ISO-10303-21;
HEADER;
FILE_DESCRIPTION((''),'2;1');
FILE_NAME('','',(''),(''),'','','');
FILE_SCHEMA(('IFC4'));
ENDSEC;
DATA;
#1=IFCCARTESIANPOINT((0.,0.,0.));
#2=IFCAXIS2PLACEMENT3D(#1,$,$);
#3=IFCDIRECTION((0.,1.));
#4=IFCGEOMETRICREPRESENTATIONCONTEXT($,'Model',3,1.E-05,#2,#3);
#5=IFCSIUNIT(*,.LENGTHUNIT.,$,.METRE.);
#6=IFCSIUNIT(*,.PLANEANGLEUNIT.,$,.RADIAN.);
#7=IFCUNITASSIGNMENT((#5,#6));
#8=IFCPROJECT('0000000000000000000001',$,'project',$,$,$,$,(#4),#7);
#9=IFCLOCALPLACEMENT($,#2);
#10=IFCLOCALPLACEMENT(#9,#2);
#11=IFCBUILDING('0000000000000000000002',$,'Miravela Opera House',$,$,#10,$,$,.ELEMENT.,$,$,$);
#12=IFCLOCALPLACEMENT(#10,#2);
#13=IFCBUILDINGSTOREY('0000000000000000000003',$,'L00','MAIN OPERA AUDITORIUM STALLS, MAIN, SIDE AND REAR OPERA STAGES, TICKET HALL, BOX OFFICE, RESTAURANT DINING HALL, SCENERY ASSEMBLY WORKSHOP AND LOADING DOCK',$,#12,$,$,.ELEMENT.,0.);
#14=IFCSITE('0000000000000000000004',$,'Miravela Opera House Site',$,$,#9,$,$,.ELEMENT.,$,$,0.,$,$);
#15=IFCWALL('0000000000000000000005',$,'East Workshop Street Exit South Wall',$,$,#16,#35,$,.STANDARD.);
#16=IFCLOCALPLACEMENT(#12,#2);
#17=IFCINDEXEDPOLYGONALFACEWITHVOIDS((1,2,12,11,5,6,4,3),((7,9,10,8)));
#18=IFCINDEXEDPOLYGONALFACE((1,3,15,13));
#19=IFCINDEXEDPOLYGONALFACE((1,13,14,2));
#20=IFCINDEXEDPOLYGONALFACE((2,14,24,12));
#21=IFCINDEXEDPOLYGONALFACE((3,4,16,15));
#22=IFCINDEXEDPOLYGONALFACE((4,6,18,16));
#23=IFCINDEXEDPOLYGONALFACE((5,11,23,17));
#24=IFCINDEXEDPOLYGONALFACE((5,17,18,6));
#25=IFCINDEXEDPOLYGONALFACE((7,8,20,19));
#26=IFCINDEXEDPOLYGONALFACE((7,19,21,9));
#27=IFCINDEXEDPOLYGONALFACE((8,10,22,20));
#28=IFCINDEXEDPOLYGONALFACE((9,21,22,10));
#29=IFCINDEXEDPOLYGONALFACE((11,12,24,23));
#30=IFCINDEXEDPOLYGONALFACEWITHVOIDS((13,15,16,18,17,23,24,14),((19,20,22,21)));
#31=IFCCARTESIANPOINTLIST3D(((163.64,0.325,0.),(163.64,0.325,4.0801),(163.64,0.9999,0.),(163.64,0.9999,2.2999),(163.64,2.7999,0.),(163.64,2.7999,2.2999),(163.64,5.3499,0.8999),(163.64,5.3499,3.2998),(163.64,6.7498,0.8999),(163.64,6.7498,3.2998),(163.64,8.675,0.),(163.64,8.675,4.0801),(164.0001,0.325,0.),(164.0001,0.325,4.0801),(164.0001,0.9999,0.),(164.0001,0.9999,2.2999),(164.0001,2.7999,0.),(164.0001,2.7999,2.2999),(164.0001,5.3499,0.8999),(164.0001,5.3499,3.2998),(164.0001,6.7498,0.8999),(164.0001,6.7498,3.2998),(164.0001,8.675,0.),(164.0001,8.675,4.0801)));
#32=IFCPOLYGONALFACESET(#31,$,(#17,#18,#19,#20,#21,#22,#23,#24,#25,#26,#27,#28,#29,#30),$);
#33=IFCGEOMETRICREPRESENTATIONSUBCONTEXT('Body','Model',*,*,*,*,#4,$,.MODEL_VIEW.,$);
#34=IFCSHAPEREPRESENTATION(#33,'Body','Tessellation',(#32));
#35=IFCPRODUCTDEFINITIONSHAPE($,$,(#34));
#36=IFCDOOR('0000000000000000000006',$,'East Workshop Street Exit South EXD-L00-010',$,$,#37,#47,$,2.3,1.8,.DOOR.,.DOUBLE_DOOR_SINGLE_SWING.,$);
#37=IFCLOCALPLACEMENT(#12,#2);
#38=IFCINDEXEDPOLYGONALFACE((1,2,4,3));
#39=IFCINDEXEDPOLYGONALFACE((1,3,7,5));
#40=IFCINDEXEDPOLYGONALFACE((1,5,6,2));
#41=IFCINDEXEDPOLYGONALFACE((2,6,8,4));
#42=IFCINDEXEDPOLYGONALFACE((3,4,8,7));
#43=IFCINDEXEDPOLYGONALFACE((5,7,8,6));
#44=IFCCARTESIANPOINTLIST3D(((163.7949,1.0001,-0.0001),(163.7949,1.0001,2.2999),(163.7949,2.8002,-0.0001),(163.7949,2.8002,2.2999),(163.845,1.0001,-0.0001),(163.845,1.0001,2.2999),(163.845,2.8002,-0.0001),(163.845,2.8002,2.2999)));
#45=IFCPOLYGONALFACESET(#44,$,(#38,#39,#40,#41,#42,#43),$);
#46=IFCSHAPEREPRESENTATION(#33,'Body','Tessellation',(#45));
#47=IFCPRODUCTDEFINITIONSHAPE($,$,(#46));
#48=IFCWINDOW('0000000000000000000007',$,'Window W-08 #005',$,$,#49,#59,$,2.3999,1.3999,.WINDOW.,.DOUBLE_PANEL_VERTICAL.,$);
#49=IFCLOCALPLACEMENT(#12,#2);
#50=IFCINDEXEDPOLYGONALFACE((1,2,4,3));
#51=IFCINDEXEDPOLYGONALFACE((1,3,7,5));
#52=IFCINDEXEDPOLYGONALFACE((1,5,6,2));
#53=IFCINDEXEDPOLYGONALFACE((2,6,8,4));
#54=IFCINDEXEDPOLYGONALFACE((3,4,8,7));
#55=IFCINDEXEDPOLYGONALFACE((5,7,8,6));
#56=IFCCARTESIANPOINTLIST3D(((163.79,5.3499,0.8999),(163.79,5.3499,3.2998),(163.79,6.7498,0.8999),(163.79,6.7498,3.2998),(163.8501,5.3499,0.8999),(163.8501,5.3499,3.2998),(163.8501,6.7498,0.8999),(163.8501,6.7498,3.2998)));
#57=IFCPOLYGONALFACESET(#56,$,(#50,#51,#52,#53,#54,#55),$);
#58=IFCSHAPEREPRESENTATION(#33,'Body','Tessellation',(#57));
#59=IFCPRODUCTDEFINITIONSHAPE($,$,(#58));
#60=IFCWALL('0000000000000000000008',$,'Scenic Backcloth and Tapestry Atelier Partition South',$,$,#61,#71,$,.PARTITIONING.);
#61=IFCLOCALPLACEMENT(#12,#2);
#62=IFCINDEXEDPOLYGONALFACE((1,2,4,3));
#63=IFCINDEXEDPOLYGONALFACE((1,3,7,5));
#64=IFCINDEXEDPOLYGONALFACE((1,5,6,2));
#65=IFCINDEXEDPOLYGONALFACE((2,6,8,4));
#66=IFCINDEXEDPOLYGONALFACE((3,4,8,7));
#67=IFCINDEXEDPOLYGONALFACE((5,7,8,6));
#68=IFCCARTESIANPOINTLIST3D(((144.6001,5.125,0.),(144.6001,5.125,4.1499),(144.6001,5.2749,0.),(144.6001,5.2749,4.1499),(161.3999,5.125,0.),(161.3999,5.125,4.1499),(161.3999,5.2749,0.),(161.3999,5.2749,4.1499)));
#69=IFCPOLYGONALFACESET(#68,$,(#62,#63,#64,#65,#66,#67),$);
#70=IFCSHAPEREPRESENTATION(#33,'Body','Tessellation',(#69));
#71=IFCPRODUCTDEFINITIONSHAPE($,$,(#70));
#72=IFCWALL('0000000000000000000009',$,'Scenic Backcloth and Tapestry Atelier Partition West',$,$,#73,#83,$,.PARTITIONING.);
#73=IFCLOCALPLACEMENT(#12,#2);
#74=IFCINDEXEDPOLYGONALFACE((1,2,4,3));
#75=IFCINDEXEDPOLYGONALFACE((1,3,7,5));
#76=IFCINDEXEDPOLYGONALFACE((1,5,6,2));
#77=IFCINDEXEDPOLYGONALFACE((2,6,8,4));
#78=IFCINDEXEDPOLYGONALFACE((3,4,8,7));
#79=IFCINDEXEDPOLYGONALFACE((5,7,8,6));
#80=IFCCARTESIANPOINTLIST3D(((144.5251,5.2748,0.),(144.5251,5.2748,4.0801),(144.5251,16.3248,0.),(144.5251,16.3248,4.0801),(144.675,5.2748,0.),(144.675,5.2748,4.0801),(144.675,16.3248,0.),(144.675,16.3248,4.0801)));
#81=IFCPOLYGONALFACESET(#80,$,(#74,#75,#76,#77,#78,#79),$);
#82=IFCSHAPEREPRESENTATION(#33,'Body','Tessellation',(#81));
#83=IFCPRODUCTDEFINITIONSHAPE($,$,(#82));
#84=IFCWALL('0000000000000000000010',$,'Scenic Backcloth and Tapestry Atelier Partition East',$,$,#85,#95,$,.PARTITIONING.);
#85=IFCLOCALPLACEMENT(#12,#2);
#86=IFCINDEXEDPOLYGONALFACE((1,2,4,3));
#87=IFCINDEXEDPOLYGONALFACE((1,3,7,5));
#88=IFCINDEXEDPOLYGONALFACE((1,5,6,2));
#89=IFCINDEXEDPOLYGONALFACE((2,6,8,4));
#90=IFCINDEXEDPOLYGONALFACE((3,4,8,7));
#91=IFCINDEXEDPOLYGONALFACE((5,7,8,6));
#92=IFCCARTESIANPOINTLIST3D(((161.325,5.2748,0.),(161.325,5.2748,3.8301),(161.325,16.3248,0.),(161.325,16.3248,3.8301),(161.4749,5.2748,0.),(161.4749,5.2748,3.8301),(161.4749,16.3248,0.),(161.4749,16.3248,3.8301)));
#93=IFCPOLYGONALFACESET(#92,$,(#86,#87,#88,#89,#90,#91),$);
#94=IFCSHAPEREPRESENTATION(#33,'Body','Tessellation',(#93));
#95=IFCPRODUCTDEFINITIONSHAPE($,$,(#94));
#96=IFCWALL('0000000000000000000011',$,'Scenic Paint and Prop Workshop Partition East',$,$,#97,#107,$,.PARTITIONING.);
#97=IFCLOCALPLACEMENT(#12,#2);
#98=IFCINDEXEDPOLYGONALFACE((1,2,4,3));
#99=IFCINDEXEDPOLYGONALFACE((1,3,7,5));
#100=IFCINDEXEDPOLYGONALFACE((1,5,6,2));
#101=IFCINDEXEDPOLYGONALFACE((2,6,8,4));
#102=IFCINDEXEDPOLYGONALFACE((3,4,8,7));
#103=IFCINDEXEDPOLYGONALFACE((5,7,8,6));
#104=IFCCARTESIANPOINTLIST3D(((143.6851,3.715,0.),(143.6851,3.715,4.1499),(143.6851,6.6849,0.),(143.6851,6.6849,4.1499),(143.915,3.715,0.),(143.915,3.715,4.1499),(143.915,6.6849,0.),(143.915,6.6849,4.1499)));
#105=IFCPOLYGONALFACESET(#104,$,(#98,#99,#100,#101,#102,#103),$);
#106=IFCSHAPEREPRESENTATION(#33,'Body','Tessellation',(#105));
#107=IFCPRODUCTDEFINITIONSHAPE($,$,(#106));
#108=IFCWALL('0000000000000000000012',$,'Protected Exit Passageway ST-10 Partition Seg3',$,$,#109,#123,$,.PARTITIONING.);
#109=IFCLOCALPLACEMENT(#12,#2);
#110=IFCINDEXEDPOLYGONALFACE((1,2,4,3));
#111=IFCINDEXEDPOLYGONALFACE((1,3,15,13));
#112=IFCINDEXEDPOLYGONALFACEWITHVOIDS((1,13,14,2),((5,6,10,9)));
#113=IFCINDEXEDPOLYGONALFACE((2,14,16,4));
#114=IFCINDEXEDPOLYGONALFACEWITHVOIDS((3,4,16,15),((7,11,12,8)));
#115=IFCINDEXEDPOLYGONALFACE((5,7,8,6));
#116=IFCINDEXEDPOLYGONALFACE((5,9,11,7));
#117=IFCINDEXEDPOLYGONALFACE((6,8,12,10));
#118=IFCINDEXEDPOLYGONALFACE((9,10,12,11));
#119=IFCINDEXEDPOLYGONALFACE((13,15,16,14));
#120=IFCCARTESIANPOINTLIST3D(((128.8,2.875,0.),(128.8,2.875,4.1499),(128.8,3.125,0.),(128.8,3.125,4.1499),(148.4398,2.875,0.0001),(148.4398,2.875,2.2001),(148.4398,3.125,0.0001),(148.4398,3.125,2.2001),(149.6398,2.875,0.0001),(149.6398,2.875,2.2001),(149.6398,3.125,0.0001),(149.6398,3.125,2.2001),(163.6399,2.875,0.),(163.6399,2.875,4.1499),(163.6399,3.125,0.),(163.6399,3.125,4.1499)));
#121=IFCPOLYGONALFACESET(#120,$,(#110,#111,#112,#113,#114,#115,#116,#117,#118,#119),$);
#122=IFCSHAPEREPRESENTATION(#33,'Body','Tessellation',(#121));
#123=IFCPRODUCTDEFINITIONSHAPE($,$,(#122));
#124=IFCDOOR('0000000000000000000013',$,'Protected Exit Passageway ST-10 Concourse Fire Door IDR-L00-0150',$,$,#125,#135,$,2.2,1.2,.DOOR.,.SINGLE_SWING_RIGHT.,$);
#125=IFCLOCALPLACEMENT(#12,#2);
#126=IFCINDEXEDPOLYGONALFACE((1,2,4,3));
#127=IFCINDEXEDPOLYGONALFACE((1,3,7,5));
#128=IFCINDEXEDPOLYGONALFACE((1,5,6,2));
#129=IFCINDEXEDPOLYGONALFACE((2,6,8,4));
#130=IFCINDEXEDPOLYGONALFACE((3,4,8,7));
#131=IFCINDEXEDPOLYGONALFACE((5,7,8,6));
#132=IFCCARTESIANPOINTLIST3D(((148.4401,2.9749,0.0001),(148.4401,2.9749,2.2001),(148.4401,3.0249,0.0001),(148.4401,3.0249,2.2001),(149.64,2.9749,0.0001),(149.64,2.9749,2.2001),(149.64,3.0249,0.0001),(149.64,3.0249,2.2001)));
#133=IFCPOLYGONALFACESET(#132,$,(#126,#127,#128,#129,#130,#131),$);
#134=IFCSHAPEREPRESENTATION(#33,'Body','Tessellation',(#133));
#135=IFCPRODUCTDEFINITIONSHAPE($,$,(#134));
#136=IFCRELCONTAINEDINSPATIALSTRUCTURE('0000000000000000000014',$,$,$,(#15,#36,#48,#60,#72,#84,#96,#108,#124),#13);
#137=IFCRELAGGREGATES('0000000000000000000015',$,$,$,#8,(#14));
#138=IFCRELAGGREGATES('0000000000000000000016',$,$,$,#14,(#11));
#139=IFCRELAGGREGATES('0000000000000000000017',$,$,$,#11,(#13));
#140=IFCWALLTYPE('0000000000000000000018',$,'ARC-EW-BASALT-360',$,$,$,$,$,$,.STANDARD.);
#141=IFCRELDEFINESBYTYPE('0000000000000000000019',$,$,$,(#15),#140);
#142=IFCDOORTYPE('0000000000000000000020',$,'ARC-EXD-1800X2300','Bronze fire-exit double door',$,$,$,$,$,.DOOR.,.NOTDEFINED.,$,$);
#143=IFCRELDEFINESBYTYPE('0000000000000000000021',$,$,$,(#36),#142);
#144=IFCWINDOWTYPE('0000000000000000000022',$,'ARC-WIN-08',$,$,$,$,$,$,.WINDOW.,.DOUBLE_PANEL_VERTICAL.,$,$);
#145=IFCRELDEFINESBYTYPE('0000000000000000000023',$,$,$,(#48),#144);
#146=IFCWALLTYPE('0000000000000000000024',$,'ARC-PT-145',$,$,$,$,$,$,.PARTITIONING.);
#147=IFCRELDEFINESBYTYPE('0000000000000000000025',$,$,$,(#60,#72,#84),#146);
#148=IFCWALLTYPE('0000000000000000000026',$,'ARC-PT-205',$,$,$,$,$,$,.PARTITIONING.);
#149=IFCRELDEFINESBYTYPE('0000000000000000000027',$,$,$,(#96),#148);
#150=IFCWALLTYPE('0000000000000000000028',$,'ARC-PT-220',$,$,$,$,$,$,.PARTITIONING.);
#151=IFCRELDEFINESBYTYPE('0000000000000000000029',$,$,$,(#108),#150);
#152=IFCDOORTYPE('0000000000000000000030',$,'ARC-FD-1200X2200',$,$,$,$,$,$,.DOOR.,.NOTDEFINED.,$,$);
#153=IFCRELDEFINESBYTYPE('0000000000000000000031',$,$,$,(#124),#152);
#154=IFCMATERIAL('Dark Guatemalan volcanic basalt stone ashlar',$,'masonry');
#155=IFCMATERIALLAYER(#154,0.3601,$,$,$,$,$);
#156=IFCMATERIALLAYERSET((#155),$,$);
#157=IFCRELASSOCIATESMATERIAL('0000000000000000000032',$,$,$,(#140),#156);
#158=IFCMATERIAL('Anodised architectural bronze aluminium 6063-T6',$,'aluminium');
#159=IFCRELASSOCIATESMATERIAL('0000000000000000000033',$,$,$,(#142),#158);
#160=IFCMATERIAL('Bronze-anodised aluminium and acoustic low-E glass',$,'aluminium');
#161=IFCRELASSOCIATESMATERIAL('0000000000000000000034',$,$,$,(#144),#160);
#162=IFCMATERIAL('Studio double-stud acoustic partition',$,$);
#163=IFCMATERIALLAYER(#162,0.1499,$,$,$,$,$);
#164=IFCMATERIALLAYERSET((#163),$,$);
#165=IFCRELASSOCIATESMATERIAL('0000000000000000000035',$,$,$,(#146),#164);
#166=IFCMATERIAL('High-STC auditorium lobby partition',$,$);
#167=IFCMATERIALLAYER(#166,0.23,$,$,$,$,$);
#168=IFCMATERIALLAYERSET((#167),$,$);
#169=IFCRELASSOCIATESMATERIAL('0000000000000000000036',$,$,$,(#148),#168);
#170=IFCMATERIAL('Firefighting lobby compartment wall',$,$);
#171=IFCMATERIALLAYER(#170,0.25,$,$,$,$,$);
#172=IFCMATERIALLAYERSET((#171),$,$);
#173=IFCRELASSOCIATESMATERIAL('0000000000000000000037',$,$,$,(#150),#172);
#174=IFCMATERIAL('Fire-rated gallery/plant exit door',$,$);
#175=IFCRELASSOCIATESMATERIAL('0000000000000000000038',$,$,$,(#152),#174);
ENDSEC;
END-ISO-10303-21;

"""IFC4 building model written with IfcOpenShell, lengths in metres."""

from ifc_helpers import new_model, si_unit, direction, frame, frame_2d, origin, place, context, subcontext, project, spatial, rectangle, extrude, material, layer, layer_set, type_object, element, fill, save


model = new_model("IFC4")

# Units and contexts
model_context = context("Model", 3, precision=1e-05, world=origin(), true_north=direction((0.0, 1.0)))
body_context = subcontext(model_context, "Body", "Model", "MODEL_VIEW")
ifc_project = project(units=[si_unit("LENGTHUNIT", "METRE"), si_unit("PLANEANGLEUNIT", "RADIAN")], contexts=[model_context])

# Site, building, storey
site_placement = place(None, origin())
site = spatial("IfcSite", under=ifc_project, at=site_placement, Name="Miravela Opera House Site", CompositionType="ELEMENT", RefElevation=0.0)
building_placement = place(site_placement, origin())
building = spatial("IfcBuilding", under=site, at=building_placement, Name="Miravela Opera House", CompositionType="ELEMENT")
storey_placement = place(building_placement, origin())
storey = spatial("IfcBuildingStorey", under=building, at=storey_placement, Name="L00", Description="MAIN OPERA AUDITORIUM STALLS, MAIN, SIDE AND REAR OPERA STAGES, TICKET HALL, BOX OFFICE, RESTAURANT DINING HALL, SCENERY ASSEMBLY WORKSHOP AND LOADING DOCK", CompositionType="ELEMENT", Elevation=0.0)

# Shared definitions
ifc_material_1 = material(Name="Anodised architectural bronze aluminium 6063-T6", Category="aluminium")

# Wall, openings, door, window
ifc_material_2 = material(Name="Dark Guatemalan volcanic basalt stone ashlar", Category="masonry")
ifc_layer_1 = layer(ifc_material_2, 0.3601)
ifc_layer_set_1 = layer_set([ifc_layer_1])
wall_type_1 = type_object("IfcWallType", Name="ARC-EW-BASALT-360", PredefinedType="STANDARD", material=ifc_layer_set_1)
wall_1_placement = place(storey_placement, frame((163.8201, 0.325, 0.0), z_axis=(0.0, 0.0, 1.0), x_axis=(0.0, 1.0, 0.0)))
wall_1 = element("IfcWall", 1, at=wall_1_placement, inside=storey, type_object=wall_type_1, Name="East Workshop Street Exit South Wall", PredefinedType="STANDARD", context=body_context, shape_type="SweptSolid", body=[
    extrude(rectangle(XDim=8.3501, YDim=0.3601, at=frame_2d((4.175, 0.0))), origin(), (0.0, 0.0, 1.0), 4.0801),
])
opening_1_placement = place(wall_1_placement, frame((0.675, 0.0, 0.0)))
opening_1 = element("IfcOpeningElement", 2, at=opening_1_placement, cuts=wall_1, PredefinedType="OPENING", context=body_context, shape_type="SweptSolid", body=[
    extrude(rectangle(XDim=1.8, YDim=2.3, at=frame_2d((0.8999, 1.1499))), frame((0.0, 0.1899, 0.0), z_axis=(0.0, -1.0, 0.0), x_axis=(1.0, 0.0, 0.0)), (0.0, 0.0, 1.0), 0.3801),
])
opening_2_placement = place(wall_1_placement, frame((5.0249, 0.0, 0.8999)))
opening_2 = element("IfcOpeningElement", 3, at=opening_2_placement, cuts=wall_1, PredefinedType="OPENING", context=body_context, shape_type="SweptSolid", body=[
    extrude(rectangle(XDim=1.3999, YDim=2.3999, at=frame_2d((0.7, 1.2))), frame((0.0, 0.1899, 0.0), z_axis=(0.0, -1.0, 0.0), x_axis=(1.0, 0.0, 0.0)), (0.0, 0.0, 1.0), 0.3801),
])
door_type_1 = type_object("IfcDoorType", Name="ARC-EXD-1800X2300", Description="Bronze fire-exit double door", OperationType="NOTDEFINED", PredefinedType="DOOR", material=ifc_material_1)
door_1_placement = place(opening_1_placement, frame((1.8, 0.0, 0.0), z_axis=(0.0, 0.0, 1.0), x_axis=(-1.0, 0.0, 0.0)))
door_1 = element("IfcDoor", 4, at=door_1_placement, inside=storey, type_object=door_type_1, Name="East Workshop Street Exit South EXD-L00-010", OperationType="DOUBLE_DOOR_SINGLE_SWING", OverallHeight=2.3, OverallWidth=1.8, PredefinedType="DOOR", context=body_context, shape_type="SweptSolid", body=[
    extrude(rectangle(XDim=1.8, YDim=2.3, at=frame_2d((0.8999, 1.1499))), frame((0.0, 0.0249, 0.0), z_axis=(0.0, -1.0, 0.0), x_axis=(1.0, 0.0, 0.0)), (0.0, 0.0, 1.0), 0.05),
])
fill(opening_1, door_1)
ifc_material_3 = material(Name="Bronze-anodised aluminium and acoustic low-E glass", Category="aluminium")
window_type = type_object("IfcWindowType", Name="ARC-WIN-08", PartitioningType="DOUBLE_PANEL_VERTICAL", PredefinedType="WINDOW", material=ifc_material_3)
window_placement = place(opening_2_placement, origin())
window = element("IfcWindow", 5, at=window_placement, inside=storey, type_object=window_type, Name="Window W-08 #005", OverallHeight=2.3999, OverallWidth=1.3999, PartitioningType="DOUBLE_PANEL_VERTICAL", PredefinedType="WINDOW", context=body_context, shape_type="SweptSolid", body=[
    extrude(rectangle(XDim=1.3999, YDim=2.3999, at=frame_2d((0.7, 1.2))), frame((0.0, 0.03, 0.0), z_axis=(0.0, -1.0, 0.0), x_axis=(1.0, 0.0, 0.0)), (0.0, 0.0, 1.0), 0.0601),
])
fill(opening_2, window)

# Walls
ifc_material_4 = material(Name="Studio double-stud acoustic partition")
ifc_layer_2 = layer(ifc_material_4, 0.1499)
ifc_layer_set_2 = layer_set([ifc_layer_2])
wall_type_2 = type_object("IfcWallType", Name="ARC-PT-145", PredefinedType="PARTITIONING", material=ifc_layer_set_2)
wall_2_placement = place(storey_placement, frame((144.6001, 5.2, 0.0), z_axis=(0.0, 0.0, 1.0), x_axis=(1.0, 0.0, 0.0)))
element("IfcWall", 6, at=wall_2_placement, inside=storey, type_object=wall_type_2, Name="Scenic Backcloth and Tapestry Atelier Partition South", PredefinedType="PARTITIONING", context=body_context, shape_type="SweptSolid", body=[
    extrude(rectangle(XDim=16.7998, YDim=0.1499, at=frame_2d((8.3999, 0.0))), origin(), (0.0, 0.0, 1.0), 4.1499),
])
wall_3_placement = place(storey_placement, frame((144.6001, 5.2749, 0.0), z_axis=(0.0, 0.0, 1.0), x_axis=(0.0, 1.0, 0.0)))
element("IfcWall", 7, at=wall_3_placement, inside=storey, type_object=wall_type_2, Name="Scenic Backcloth and Tapestry Atelier Partition West", PredefinedType="PARTITIONING", context=body_context, shape_type="SweptSolid", body=[
    extrude(rectangle(XDim=11.05, YDim=0.1499, at=frame_2d((5.5249, 0.0))), origin(), (0.0, 0.0, 1.0), 4.0801),
])
wall_4_placement = place(storey_placement, frame((161.3999, 5.2749, 0.0), z_axis=(0.0, 0.0, 1.0), x_axis=(0.0, 1.0, 0.0)))
element("IfcWall", 8, at=wall_4_placement, inside=storey, type_object=wall_type_2, Name="Scenic Backcloth and Tapestry Atelier Partition East", PredefinedType="PARTITIONING", context=body_context, shape_type="SweptSolid", body=[
    extrude(rectangle(XDim=11.05, YDim=0.1499, at=frame_2d((5.5249, 0.0))), origin(), (0.0, 0.0, 1.0), 3.8301),
])
ifc_material_5 = material(Name="High-STC auditorium lobby partition")
ifc_layer_3 = layer(ifc_material_5, 0.23)
ifc_layer_set_3 = layer_set([ifc_layer_3])
wall_type_3 = type_object("IfcWallType", Name="ARC-PT-205", PredefinedType="PARTITIONING", material=ifc_layer_set_3)
wall_5_placement = place(storey_placement, frame((143.8, 3.7151, 0.0), z_axis=(0.0, 0.0, 1.0), x_axis=(0.0, 1.0, 0.0)))
element("IfcWall", 9, at=wall_5_placement, inside=storey, type_object=wall_type_3, Name="Scenic Paint and Prop Workshop Partition East", PredefinedType="PARTITIONING", context=body_context, shape_type="SweptSolid", body=[
    extrude(rectangle(XDim=2.97, YDim=0.23, at=frame_2d((1.4849, 0.0))), origin(), (0.0, 0.0, 1.0), 4.1499),
])

# Wall, opening, door
ifc_material_6 = material(Name="Firefighting lobby compartment wall")
ifc_layer_4 = layer(ifc_material_6, 0.25)
ifc_layer_set_4 = layer_set([ifc_layer_4])
wall_type_4 = type_object("IfcWallType", Name="ARC-PT-220", PredefinedType="PARTITIONING", material=ifc_layer_set_4)
wall_6_placement = place(storey_placement, frame((163.6399, 3.0, 0.0), z_axis=(0.0, 0.0, 1.0), x_axis=(-1.0, 0.0, 0.0)))
wall_6 = element("IfcWall", 10, at=wall_6_placement, inside=storey, type_object=wall_type_4, Name="Protected Exit Passageway ST-10 Partition Seg3", PredefinedType="PARTITIONING", context=body_context, shape_type="SweptSolid", body=[
    extrude(rectangle(XDim=34.8398, YDim=0.25, at=frame_2d((17.4199, 0.0))), origin(), (0.0, 0.0, 1.0), 4.1499),
])
opening_3_placement = place(wall_6_placement, frame((14.0, 0.0, 0.0)))
opening_3 = element("IfcOpeningElement", 11, at=opening_3_placement, cuts=wall_6, PredefinedType="OPENING", context=body_context, shape_type="SweptSolid", body=[
    extrude(rectangle(XDim=1.2, YDim=2.2, at=frame_2d((0.6001, 1.1001))), frame((0.0, 0.135, 0.0), z_axis=(0.0, -1.0, 0.0), x_axis=(1.0, 0.0, 0.0)), (0.0, 0.0, 1.0), 0.27),
])
ifc_material_7 = material(Name="Fire-rated gallery/plant exit door")
door_type_2 = type_object("IfcDoorType", Name="ARC-FD-1200X2200", OperationType="NOTDEFINED", PredefinedType="DOOR", material=ifc_material_7)
door_2_placement = place(opening_3_placement, frame((1.2, 0.0, 0.0), z_axis=(0.0, 0.0, 1.0), x_axis=(-1.0, 0.0, 0.0)))
door_2 = element("IfcDoor", 12, at=door_2_placement, inside=storey, type_object=door_type_2, Name="Protected Exit Passageway ST-10 Concourse Fire Door IDR-L00-0150", OperationType="SINGLE_SWING_RIGHT", OverallHeight=2.2, OverallWidth=1.2, PredefinedType="DOOR", context=body_context, shape_type="SweptSolid", body=[
    extrude(rectangle(XDim=1.2, YDim=2.2, at=frame_2d((0.6001, 1.1001))), frame((0.0, 0.0249, 0.0), z_axis=(0.0, -1.0, 0.0), x_axis=(1.0, 0.0, 0.0)), (0.0, 0.0, 1.0), 0.05),
])
fill(opening_3, door_2)

save(model, "model.ifc")
